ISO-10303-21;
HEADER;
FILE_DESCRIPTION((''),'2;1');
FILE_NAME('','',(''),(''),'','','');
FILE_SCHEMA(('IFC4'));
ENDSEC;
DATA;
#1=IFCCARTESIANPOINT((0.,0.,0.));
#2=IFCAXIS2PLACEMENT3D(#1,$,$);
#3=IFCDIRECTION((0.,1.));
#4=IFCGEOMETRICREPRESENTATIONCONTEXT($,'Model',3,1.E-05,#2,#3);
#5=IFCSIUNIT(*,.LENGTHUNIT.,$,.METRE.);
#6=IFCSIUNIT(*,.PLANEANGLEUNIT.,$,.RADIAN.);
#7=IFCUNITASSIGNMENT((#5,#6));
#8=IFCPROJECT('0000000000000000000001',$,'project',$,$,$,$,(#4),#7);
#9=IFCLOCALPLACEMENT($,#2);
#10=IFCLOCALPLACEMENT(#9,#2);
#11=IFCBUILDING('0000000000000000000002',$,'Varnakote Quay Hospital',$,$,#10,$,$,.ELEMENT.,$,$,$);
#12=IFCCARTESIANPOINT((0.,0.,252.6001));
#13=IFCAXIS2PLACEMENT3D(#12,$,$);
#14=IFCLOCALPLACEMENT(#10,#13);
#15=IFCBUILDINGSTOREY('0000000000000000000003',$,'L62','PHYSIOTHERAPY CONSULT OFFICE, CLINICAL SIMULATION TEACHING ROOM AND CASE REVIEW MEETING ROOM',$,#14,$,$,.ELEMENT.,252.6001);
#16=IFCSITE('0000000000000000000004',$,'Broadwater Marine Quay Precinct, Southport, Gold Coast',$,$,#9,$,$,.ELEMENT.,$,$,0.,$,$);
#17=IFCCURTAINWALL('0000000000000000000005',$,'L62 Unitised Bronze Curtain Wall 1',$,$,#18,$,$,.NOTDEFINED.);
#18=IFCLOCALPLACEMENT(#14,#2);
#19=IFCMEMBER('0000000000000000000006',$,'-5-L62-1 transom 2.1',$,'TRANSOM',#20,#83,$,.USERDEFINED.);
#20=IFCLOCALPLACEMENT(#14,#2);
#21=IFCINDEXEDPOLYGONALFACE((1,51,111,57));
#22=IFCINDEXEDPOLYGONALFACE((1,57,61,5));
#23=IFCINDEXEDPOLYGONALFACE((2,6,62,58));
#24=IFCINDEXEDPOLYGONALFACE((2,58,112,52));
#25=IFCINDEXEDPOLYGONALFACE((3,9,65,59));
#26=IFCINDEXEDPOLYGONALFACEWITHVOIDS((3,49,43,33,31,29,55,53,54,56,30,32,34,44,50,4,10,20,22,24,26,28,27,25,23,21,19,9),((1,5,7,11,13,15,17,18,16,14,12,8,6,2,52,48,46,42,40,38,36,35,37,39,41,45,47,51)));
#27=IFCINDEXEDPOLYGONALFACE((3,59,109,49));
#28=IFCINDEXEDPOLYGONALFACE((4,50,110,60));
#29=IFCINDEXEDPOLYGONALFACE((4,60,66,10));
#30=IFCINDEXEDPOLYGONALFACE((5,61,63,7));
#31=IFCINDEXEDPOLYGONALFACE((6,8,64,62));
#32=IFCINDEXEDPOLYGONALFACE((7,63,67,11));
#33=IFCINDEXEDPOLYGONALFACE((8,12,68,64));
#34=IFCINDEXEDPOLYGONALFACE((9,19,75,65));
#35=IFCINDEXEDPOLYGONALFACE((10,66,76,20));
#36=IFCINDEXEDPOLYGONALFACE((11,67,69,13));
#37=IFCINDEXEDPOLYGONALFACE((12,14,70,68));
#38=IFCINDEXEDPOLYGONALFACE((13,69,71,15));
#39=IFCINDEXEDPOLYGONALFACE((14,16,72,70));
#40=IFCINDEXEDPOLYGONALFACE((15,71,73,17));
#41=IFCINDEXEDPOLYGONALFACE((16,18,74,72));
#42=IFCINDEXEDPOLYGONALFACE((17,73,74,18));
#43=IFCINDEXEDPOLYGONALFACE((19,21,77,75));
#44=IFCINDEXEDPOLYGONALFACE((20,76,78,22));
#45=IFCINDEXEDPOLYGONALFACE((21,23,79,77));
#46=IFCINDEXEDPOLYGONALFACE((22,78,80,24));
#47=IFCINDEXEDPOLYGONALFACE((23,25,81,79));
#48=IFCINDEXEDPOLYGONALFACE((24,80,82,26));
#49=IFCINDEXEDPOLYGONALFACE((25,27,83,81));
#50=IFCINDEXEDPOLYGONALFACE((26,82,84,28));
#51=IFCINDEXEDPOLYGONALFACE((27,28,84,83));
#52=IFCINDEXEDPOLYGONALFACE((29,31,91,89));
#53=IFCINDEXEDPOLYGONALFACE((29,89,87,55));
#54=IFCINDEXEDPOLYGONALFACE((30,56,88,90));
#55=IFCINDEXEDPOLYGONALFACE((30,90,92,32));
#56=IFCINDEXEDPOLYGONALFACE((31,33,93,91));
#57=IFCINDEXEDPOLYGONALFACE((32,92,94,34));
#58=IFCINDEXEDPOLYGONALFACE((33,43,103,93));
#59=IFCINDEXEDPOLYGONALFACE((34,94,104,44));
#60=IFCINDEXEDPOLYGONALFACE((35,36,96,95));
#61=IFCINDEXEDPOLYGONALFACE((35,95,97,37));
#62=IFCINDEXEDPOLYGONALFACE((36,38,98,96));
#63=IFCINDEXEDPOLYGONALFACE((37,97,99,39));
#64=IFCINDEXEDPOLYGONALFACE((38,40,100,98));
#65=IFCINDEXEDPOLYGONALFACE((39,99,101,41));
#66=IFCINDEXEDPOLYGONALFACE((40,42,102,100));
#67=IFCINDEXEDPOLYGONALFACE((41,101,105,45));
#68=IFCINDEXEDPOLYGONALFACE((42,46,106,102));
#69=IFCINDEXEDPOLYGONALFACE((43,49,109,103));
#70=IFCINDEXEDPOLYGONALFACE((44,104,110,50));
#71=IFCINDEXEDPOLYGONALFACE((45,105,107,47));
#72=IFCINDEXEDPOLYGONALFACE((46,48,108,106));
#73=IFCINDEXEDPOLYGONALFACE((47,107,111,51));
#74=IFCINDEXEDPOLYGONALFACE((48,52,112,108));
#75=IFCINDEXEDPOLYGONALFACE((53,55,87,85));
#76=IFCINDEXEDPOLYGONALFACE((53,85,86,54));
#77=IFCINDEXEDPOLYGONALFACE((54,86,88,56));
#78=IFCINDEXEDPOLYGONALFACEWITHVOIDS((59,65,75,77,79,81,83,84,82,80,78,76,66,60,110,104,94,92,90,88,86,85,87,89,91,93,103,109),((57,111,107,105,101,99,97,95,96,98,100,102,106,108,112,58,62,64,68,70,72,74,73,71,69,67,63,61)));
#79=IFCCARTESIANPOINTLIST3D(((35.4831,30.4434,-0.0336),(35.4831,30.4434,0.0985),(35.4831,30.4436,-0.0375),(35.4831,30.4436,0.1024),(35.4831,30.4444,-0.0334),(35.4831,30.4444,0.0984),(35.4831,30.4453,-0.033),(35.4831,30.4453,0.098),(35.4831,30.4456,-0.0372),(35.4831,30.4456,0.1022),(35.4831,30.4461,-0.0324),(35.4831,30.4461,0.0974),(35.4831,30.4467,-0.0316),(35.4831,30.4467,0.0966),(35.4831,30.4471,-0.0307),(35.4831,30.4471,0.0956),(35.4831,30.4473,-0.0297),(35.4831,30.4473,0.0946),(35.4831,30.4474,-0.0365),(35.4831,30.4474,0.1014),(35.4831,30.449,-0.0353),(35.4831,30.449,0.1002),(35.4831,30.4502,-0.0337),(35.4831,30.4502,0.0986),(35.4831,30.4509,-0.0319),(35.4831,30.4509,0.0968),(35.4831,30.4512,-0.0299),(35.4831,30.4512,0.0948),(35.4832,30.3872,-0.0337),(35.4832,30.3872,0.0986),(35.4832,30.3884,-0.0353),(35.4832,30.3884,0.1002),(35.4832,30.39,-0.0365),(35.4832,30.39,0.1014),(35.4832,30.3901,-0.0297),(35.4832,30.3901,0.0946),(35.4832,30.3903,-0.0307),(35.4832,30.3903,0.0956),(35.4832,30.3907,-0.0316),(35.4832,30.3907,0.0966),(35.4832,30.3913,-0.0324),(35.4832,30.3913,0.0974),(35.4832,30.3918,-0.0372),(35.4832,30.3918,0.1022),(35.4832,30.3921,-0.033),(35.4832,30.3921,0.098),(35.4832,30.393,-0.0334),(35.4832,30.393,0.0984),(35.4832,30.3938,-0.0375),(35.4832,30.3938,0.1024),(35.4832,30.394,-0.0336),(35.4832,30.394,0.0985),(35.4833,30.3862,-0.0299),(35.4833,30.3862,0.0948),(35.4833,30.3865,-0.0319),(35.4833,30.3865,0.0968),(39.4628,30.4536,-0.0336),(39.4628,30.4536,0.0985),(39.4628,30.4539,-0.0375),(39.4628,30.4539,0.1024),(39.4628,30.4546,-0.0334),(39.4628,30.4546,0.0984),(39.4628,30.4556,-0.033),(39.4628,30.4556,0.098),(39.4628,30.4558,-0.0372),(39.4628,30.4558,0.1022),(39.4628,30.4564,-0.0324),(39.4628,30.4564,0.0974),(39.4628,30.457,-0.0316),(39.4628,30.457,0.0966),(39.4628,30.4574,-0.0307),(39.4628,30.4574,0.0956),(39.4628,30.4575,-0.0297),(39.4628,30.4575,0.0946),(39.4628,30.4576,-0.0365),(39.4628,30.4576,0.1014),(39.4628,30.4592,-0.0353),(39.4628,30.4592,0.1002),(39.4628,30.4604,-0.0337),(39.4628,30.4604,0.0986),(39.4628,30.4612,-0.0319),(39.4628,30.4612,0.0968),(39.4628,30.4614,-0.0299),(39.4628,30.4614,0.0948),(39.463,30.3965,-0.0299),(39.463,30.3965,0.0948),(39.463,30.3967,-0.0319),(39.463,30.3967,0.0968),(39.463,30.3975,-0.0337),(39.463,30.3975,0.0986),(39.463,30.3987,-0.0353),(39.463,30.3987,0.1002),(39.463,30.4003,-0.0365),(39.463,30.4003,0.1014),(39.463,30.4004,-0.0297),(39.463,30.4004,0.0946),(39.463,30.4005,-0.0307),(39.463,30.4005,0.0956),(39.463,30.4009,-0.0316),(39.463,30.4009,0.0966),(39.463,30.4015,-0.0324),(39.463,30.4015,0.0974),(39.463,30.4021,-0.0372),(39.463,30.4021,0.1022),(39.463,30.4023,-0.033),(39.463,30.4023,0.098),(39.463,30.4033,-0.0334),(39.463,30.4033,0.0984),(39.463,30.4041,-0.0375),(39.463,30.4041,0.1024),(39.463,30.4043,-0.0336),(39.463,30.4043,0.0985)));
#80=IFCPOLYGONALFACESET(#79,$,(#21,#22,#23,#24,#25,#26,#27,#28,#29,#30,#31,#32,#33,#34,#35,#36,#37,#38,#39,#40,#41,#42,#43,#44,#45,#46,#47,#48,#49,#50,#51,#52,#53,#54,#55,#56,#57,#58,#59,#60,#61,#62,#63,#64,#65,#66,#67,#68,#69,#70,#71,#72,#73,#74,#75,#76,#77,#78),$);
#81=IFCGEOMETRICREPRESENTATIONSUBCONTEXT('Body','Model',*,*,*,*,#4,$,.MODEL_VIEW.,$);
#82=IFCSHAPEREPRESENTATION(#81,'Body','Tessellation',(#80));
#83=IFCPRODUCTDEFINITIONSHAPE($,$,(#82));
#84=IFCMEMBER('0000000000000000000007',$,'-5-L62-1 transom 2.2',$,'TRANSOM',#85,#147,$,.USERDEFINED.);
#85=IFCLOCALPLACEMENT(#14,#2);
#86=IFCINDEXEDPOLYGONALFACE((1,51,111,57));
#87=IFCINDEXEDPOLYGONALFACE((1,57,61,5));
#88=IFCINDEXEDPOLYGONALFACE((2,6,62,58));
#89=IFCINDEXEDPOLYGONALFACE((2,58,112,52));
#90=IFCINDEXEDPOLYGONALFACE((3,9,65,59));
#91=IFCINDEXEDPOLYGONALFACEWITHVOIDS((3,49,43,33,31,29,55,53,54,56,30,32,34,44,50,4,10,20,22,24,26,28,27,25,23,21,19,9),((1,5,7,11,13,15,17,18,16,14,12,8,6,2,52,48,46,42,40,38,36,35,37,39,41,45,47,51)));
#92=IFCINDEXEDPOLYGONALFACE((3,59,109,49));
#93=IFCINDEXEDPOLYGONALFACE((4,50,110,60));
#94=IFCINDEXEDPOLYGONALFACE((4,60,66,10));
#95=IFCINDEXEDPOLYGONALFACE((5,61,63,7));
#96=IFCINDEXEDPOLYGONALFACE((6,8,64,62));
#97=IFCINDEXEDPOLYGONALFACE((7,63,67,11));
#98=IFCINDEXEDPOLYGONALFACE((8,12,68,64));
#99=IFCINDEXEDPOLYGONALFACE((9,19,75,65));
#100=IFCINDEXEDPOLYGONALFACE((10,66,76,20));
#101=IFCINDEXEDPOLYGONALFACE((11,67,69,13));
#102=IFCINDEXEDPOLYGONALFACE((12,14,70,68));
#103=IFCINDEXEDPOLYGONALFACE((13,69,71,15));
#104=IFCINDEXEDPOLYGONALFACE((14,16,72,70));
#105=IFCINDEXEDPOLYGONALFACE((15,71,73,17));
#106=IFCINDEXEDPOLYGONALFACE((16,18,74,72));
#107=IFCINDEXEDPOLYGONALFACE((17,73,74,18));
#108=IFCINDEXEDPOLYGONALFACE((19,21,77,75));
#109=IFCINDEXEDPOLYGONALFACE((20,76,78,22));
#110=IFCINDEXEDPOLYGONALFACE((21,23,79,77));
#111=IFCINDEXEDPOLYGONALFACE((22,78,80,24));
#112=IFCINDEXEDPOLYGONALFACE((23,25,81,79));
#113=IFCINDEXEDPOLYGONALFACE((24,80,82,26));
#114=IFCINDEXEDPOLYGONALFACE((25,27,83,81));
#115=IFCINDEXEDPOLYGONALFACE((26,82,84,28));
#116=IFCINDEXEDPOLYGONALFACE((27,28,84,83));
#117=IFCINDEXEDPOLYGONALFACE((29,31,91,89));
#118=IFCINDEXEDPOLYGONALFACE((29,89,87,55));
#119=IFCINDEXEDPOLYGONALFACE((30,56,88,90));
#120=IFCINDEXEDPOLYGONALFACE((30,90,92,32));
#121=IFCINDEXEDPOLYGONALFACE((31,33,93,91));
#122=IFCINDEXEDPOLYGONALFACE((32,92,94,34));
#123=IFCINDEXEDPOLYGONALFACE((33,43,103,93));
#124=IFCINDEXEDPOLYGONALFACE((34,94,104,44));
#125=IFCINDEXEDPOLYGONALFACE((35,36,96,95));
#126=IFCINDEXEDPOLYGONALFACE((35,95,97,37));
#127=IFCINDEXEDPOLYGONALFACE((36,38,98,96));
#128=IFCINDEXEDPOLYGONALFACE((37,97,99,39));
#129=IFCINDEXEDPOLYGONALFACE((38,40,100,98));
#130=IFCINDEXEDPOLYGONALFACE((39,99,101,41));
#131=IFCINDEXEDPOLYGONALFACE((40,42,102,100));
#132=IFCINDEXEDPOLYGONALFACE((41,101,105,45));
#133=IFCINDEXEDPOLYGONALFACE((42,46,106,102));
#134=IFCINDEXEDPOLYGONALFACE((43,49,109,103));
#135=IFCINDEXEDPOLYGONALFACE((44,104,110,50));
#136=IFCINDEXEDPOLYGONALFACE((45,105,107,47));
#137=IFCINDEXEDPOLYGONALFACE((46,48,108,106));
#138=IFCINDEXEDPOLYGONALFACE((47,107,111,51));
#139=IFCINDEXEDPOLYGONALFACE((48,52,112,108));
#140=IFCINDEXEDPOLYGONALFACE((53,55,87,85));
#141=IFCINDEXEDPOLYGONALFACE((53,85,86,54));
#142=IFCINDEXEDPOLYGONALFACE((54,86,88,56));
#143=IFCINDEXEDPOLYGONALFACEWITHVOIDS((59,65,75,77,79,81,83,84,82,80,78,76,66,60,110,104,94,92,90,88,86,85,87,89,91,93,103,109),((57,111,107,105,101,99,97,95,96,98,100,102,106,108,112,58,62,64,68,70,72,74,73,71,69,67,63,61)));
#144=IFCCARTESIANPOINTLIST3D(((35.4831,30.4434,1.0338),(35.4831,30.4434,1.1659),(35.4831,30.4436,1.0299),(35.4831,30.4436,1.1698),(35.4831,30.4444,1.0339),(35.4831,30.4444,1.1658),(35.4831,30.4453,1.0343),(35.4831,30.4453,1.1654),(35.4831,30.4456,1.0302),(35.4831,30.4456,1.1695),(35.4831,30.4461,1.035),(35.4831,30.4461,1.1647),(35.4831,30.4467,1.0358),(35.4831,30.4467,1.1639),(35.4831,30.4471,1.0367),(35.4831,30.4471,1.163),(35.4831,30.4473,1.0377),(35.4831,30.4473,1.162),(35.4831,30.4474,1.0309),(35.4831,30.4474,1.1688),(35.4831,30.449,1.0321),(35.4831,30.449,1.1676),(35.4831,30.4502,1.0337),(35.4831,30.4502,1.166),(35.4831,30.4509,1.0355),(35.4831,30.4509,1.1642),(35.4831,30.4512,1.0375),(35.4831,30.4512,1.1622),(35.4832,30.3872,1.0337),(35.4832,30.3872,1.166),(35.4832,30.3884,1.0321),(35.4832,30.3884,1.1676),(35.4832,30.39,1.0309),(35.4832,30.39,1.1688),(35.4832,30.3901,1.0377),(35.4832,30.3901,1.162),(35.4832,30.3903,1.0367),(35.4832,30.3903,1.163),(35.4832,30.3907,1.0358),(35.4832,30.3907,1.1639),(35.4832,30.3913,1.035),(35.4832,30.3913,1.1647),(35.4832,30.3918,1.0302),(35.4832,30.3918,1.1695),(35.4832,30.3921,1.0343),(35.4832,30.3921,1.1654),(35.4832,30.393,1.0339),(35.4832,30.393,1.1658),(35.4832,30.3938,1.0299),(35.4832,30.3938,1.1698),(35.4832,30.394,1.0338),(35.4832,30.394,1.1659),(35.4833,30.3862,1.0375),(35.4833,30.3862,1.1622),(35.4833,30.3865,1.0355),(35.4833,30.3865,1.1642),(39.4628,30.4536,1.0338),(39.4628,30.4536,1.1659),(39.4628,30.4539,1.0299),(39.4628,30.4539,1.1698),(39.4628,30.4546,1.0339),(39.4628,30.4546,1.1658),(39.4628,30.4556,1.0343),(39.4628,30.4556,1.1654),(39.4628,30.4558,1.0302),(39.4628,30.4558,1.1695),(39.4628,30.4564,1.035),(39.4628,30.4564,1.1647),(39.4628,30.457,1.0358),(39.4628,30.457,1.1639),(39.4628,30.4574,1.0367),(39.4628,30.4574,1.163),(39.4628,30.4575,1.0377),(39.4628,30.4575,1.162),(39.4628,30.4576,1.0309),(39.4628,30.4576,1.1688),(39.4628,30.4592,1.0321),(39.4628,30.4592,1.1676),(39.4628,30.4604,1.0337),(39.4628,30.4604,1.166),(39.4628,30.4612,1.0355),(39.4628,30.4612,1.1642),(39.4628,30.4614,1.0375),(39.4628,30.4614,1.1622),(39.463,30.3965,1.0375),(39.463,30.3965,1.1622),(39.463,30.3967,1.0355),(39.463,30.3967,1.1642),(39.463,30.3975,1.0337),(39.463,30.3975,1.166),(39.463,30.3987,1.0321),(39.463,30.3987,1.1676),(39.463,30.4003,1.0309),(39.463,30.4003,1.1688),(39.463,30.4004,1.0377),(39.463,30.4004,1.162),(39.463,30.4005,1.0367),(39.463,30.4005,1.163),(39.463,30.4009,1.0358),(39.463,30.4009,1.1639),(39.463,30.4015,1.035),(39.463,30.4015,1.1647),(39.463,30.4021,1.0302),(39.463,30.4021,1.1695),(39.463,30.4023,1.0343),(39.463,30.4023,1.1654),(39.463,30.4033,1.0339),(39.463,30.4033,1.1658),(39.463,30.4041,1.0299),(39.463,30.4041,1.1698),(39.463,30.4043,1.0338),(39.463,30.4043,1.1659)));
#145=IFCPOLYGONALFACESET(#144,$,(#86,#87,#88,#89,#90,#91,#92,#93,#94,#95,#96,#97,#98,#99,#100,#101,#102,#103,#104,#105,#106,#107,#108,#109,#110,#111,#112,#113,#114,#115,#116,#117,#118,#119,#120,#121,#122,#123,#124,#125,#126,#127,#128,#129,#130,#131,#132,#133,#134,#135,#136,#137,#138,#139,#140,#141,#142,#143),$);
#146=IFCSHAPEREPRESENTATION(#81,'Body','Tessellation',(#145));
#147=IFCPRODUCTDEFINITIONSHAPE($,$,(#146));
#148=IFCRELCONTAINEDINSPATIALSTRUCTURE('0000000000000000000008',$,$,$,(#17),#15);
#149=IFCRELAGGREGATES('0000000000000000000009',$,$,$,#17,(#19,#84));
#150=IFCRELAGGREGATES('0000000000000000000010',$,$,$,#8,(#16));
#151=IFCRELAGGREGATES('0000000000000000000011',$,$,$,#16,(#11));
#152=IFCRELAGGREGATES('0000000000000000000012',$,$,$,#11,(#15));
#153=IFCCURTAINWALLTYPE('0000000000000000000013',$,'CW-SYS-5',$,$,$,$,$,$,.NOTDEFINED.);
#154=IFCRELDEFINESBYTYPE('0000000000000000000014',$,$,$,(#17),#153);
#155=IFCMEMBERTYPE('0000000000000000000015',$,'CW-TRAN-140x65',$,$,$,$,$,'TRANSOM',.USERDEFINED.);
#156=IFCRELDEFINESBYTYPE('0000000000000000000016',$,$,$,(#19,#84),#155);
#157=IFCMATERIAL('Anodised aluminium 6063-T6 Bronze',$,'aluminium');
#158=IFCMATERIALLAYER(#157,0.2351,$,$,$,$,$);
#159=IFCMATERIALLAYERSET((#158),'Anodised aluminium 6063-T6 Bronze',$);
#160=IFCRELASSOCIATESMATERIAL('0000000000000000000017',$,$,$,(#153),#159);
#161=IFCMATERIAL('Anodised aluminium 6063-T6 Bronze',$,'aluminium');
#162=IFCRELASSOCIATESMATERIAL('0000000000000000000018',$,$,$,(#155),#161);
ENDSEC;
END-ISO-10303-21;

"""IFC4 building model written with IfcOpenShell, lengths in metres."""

from ifc_helpers import new_model, si_unit, direction, frame, origin, origin_2d, place, context, subcontext, project, spatial, hollow_rectangle, extrude, material, layer, layer_set, material_profile, profile_set, type_object, element, aggregate, save


model = new_model("IFC4")

# Units and contexts
model_context = context("Model", 3, precision=1e-05, world=origin(), true_north=direction((0.0, 1.0)))
body_context = subcontext(model_context, "Body", "Model", "MODEL_VIEW")
ifc_project = project(units=[si_unit("LENGTHUNIT", "METRE"), si_unit("PLANEANGLEUNIT", "RADIAN")], contexts=[model_context])

# Site, building, storey
site_placement = place(None, origin())
site = spatial("IfcSite", under=ifc_project, at=site_placement, Name="Broadwater Marine Quay Precinct, Southport, Gold Coast", CompositionType="ELEMENT", RefElevation=0.0)
building_placement = place(site_placement, origin())
building = spatial("IfcBuilding", under=site, at=building_placement, Name="Varnakote Quay Hospital", CompositionType="ELEMENT")
storey_placement = place(building_placement, frame((0.0, 0.0, 252.6001)))
storey = spatial("IfcBuildingStorey", under=building, at=storey_placement, Name="L62", Description="PHYSIOTHERAPY CONSULT OFFICE, CLINICAL SIMULATION TEACHING ROOM AND CASE REVIEW MEETING ROOM", CompositionType="ELEMENT", Elevation=252.6001)

# Curtain wall, members
ifc_material_1 = material(Name="Anodised aluminium 6063-T6 Bronze", Category="aluminium")
ifc_layer_1 = layer(ifc_material_1, 0.2351)
ifc_layer_set_1 = layer_set([ifc_layer_1], Name="Anodised aluminium 6063-T6 Bronze")
curtain_wall_type = type_object("IfcCurtainWallType", Name="CW-SYS-5", PredefinedType="NOTDEFINED", material=ifc_layer_set_1)
curtain_wall_placement = place(storey_placement, origin())
curtain_wall = element("IfcCurtainWall", 1, at=curtain_wall_placement, inside=storey, type_object=curtain_wall_type, Name="L62 Unitised Bronze Curtain Wall 1", PredefinedType="NOTDEFINED")
ifc_material_2 = material(Name="Anodised aluminium 6063-T6 Bronze", Category="aluminium")
ifc_material_profile_1 = material_profile(ifc_material_2, hollow_rectangle(XDim=0.0649, YDim=0.1399, WallThickness=0.0039, InnerFilletRadius=0.0039, OuterFilletRadius=0.0076, at=origin_2d()), Name="CW-TRAN-140x65")
ifc_profile_set_1 = profile_set([ifc_material_profile_1], Name="Anodised aluminium 6063-T6 Bronze")
member_type_1 = type_object("IfcMemberType", Name="CW-TRAN-140x65", ElementType="TRANSOM", PredefinedType="USERDEFINED", material=ifc_profile_set_1)
member_1_placement = place(storey_placement, frame((39.4629, 30.429, 0.0325), z_axis=(-0.999997, -0.002577, 0.0), x_axis=(0.002577, -0.999997, 0.0)))
member_1 = element("IfcMember", 2, at=member_1_placement, type_object=member_type_1, Name="-5-L62-1 transom 2.1", ObjectType="TRANSOM", PredefinedType="USERDEFINED", context=body_context, shape_type="SweptSolid", body=[
    extrude(hollow_rectangle(XDim=0.0649, YDim=0.1399, WallThickness=0.0039, InnerFilletRadius=0.0039, OuterFilletRadius=0.0076, at=origin_2d()), origin(), (0.0, 0.0, 1.0), 3.9797),
])
member_2_placement = place(storey_placement, frame((39.4629, 30.429, 1.0999), z_axis=(-0.999997, -0.002577, 0.0), x_axis=(0.002577, -0.999997, 0.0)))
member_2 = element("IfcMember", 3, at=member_2_placement, type_object=member_type_1, Name="-5-L62-1 transom 2.2", ObjectType="TRANSOM", PredefinedType="USERDEFINED", context=body_context, shape_type="SweptSolid", body=[
    extrude(hollow_rectangle(XDim=0.0649, YDim=0.1399, WallThickness=0.0039, InnerFilletRadius=0.0039, OuterFilletRadius=0.0076, at=origin_2d()), origin(), (0.0, 0.0, 1.0), 3.9797),
])

aggregate(curtain_wall, [member_1, member_2])

save(model, "model.ifc")
